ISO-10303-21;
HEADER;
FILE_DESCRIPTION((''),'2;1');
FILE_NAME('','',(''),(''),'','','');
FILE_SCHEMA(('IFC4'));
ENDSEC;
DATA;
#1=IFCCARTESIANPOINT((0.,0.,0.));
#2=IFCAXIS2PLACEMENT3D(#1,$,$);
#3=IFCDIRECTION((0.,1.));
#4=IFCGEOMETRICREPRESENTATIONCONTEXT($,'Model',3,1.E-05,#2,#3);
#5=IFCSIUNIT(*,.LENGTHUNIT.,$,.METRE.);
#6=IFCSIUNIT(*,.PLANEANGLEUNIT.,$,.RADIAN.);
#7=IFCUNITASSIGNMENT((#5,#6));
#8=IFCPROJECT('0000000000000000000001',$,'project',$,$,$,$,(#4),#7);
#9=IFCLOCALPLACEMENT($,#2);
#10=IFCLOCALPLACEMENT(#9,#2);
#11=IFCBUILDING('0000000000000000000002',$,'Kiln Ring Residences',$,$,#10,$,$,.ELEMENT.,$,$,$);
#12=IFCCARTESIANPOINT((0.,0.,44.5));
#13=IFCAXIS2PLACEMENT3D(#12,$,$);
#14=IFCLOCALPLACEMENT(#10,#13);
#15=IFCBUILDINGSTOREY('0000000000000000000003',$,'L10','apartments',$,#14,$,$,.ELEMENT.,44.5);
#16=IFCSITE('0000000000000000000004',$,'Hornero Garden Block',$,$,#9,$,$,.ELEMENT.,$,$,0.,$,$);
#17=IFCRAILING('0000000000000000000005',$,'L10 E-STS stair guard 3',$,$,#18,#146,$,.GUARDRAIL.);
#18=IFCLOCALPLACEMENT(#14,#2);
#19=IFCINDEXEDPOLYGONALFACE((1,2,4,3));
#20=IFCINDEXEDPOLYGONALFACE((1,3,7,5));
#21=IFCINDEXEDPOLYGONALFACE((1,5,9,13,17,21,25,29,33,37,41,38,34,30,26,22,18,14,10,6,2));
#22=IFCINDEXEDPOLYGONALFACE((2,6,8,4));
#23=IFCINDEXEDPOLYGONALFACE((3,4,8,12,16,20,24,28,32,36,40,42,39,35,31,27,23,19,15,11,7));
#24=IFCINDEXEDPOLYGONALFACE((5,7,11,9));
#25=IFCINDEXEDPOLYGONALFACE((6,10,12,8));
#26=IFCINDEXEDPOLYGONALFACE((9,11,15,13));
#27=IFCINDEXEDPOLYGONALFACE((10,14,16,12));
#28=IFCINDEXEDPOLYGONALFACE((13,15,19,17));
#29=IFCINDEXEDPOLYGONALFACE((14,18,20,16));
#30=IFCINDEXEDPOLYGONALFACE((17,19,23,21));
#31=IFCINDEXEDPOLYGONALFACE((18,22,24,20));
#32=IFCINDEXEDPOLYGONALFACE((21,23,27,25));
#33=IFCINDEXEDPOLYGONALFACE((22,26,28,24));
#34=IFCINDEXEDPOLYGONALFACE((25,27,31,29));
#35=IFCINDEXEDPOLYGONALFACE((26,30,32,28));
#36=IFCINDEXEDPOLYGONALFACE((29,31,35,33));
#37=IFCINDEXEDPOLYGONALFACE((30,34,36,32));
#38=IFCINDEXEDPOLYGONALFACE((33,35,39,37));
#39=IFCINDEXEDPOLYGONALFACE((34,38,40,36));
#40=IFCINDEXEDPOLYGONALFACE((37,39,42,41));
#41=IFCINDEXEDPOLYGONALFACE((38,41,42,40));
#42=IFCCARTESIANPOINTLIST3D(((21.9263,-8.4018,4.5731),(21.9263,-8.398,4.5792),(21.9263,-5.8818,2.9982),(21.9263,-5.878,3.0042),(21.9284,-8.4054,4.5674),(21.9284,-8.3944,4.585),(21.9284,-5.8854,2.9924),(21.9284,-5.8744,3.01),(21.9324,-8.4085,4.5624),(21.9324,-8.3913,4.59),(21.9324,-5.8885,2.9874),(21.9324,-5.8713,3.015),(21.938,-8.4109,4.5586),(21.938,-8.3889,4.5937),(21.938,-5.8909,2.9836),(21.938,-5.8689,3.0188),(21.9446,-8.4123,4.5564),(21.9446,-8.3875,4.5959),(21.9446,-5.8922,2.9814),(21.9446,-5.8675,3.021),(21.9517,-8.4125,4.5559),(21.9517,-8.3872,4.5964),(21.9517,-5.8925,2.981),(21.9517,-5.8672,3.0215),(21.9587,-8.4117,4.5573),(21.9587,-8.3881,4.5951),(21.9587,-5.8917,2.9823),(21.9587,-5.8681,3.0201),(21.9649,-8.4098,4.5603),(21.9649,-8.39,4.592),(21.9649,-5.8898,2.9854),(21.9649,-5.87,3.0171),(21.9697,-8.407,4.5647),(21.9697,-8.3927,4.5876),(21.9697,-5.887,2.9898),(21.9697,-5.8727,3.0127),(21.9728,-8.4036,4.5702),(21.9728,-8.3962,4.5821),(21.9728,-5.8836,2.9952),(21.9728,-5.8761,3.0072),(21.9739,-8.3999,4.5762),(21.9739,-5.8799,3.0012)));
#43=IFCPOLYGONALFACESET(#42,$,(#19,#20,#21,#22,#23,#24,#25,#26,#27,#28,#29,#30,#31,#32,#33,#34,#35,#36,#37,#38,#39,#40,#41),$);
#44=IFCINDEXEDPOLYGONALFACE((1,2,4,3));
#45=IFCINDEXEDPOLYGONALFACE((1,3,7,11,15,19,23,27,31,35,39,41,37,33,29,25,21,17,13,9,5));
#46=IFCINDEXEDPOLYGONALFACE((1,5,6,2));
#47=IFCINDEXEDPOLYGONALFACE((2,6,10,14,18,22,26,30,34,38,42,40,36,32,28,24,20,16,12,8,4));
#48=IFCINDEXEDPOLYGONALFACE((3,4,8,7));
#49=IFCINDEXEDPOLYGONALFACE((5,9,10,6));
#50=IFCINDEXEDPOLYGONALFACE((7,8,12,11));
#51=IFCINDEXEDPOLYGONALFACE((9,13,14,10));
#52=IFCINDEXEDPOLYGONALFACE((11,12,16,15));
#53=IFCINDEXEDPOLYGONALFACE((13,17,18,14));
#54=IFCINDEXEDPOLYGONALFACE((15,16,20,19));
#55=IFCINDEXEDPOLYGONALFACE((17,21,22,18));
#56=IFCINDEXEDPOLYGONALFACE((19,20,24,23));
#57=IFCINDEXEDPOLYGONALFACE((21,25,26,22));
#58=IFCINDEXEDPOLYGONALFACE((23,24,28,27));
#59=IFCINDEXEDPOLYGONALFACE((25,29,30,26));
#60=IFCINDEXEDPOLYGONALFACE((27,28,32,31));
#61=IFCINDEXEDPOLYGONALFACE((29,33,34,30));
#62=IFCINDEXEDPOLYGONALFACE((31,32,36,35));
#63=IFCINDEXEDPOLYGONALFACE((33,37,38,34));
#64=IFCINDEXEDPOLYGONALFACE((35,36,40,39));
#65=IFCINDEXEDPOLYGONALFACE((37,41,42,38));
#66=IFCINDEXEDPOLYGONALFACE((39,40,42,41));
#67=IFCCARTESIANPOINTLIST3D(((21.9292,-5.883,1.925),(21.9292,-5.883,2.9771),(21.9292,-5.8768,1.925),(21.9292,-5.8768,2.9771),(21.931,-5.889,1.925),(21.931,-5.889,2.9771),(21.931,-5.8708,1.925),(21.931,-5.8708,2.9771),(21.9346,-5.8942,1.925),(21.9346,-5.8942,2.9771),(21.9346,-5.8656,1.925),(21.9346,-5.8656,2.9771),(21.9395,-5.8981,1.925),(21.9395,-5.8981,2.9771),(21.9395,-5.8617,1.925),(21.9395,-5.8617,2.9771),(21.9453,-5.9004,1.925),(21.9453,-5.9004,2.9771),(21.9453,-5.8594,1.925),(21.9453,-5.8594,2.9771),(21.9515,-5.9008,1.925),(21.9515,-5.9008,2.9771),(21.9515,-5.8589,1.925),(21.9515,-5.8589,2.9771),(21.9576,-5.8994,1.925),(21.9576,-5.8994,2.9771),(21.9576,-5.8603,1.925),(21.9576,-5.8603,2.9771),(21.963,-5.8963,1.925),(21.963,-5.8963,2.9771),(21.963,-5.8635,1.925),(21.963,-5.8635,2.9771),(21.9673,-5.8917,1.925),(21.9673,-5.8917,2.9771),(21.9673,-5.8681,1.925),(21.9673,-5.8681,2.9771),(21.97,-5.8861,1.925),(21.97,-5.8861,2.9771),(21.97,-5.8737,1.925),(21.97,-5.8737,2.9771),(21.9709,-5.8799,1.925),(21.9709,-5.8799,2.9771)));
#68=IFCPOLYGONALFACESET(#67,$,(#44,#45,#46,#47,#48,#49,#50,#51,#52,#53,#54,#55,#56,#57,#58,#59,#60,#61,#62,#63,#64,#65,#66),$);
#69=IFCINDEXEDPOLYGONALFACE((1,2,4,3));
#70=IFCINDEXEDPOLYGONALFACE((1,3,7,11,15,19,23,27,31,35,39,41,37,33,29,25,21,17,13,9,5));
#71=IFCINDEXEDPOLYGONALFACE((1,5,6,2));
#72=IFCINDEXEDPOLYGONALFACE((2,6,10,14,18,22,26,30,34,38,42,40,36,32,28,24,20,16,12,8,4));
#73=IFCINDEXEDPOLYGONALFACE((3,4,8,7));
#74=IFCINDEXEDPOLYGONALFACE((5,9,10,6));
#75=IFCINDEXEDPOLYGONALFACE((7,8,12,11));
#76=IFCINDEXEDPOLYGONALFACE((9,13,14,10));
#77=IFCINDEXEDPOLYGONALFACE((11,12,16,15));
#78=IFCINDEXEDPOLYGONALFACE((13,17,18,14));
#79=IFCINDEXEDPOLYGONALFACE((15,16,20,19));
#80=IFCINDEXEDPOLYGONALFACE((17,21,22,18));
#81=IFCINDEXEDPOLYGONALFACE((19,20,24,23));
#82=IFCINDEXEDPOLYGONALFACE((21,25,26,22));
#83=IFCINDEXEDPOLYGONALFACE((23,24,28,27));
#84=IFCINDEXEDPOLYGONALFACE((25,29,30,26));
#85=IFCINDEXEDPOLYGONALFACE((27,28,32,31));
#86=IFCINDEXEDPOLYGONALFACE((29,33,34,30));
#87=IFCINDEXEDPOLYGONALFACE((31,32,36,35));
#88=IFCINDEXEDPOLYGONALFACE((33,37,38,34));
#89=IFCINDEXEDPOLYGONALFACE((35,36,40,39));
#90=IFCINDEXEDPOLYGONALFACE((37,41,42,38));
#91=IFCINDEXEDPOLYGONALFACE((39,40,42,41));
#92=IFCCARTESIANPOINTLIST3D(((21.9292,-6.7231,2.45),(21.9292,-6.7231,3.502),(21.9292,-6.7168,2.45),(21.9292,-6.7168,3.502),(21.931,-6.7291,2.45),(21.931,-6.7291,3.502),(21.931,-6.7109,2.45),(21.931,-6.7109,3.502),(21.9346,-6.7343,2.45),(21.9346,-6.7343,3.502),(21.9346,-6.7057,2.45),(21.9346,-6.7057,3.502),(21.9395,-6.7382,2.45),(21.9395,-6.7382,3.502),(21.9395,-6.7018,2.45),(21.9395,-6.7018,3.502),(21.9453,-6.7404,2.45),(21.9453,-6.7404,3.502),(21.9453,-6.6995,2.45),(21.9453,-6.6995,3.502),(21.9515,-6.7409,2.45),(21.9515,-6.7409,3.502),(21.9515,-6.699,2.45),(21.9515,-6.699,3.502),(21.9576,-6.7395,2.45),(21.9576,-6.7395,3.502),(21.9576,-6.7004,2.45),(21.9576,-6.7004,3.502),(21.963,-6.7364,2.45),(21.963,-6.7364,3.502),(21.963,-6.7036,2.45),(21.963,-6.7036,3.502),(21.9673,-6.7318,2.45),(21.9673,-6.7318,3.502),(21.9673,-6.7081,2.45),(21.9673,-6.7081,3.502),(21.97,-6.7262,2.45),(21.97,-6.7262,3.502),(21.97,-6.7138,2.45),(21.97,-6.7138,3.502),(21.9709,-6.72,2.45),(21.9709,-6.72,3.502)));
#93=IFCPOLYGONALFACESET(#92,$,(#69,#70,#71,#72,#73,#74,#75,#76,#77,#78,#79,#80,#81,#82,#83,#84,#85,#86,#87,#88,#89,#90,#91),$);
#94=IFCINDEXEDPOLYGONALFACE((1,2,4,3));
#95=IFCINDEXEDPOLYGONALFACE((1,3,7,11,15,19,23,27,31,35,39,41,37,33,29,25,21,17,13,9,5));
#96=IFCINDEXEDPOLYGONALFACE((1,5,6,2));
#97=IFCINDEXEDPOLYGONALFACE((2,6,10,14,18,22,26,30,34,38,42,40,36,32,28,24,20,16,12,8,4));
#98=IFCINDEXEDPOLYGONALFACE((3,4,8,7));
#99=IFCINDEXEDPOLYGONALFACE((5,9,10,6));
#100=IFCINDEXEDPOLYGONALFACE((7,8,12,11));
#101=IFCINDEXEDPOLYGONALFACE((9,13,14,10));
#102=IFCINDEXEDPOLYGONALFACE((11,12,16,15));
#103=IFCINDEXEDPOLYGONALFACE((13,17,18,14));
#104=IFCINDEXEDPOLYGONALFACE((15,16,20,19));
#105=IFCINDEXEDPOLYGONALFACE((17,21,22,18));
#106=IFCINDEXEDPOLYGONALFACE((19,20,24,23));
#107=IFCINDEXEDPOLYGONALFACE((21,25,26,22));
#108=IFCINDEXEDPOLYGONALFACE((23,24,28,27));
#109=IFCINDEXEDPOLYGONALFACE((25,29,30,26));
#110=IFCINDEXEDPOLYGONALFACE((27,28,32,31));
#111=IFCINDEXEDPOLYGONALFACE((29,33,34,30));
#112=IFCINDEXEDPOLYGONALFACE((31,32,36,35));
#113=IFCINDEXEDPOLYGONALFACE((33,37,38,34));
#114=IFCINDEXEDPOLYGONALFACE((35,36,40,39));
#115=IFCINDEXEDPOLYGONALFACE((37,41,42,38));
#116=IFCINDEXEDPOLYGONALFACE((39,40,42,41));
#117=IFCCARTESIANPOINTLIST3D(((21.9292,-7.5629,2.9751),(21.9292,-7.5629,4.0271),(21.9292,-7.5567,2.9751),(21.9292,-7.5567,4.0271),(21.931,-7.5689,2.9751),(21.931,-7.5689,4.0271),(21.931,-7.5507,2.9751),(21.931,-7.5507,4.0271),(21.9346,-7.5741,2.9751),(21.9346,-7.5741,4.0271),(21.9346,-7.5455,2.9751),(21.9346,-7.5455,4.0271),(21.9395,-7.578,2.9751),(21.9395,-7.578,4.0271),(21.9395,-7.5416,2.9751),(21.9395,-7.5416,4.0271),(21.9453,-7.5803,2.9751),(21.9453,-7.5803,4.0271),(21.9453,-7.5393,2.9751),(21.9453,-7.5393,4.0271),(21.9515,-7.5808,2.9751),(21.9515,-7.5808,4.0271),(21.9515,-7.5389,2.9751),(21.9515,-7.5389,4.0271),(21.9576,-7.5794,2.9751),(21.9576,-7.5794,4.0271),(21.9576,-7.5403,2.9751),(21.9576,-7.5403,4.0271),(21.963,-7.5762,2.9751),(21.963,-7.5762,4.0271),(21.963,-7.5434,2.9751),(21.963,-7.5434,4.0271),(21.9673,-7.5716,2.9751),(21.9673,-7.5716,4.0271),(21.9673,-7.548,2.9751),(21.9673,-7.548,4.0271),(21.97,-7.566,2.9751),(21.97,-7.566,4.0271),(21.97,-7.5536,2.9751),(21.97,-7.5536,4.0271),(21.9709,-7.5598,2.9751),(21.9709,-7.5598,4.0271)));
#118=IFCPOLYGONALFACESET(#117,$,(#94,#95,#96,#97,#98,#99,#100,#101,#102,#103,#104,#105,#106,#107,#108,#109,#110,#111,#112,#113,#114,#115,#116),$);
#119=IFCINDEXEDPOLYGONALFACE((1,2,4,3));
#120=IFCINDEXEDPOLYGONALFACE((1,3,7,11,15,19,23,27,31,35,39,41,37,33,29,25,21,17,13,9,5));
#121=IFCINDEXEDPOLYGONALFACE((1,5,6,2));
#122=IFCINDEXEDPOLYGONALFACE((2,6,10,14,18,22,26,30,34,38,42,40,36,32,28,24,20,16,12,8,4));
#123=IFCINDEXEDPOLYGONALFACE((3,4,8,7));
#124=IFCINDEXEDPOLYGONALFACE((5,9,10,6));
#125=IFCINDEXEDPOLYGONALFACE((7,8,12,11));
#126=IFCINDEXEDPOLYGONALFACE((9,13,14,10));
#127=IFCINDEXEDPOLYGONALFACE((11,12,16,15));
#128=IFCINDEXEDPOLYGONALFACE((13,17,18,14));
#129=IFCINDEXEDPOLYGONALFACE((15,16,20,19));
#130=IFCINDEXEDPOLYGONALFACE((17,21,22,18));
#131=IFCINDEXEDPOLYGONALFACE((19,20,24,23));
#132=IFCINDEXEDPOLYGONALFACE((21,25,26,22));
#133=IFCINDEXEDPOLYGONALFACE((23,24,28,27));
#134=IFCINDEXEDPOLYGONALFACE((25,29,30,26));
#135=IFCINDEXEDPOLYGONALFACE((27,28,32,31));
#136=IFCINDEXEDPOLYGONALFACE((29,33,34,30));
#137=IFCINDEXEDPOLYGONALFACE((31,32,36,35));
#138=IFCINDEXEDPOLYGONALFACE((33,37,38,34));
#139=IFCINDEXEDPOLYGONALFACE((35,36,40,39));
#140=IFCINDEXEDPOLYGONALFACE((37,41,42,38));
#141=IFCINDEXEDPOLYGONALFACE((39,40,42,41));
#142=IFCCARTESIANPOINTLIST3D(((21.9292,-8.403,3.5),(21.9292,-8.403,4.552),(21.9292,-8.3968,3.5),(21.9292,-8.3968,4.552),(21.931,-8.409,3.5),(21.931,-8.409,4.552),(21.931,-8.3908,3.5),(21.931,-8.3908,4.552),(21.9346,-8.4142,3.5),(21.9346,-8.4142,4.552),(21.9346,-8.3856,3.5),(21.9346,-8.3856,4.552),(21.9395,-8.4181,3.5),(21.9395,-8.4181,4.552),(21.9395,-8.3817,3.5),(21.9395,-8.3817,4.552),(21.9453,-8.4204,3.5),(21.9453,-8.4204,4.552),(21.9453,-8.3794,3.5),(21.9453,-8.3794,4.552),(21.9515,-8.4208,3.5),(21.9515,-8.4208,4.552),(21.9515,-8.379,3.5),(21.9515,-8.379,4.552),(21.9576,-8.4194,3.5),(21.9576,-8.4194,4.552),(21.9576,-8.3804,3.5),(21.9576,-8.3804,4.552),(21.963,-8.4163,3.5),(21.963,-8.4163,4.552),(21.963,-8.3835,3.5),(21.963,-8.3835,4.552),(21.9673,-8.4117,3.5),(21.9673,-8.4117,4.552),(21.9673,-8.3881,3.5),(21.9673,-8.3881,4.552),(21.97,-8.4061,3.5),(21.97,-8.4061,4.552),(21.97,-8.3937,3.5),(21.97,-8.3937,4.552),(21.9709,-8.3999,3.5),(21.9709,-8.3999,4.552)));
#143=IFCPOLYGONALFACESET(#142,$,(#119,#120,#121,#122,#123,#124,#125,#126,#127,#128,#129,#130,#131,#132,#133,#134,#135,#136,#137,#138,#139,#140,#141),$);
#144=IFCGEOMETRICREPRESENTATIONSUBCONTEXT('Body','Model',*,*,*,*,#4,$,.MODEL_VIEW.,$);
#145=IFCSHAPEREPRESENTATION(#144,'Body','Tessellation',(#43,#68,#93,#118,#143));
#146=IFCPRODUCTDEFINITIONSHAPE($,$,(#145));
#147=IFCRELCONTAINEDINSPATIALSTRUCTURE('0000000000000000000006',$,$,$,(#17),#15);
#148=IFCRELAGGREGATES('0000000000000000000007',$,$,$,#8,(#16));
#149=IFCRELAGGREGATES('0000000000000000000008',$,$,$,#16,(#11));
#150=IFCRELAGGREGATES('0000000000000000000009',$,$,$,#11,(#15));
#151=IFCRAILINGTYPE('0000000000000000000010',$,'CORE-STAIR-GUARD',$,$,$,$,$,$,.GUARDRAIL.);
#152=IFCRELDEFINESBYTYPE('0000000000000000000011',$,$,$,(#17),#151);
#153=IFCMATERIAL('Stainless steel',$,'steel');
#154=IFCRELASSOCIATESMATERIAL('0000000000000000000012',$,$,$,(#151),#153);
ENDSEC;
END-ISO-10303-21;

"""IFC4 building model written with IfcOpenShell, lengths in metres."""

from ifc_helpers import new_model, si_unit, direction, frame, origin, origin_2d, place, context, subcontext, project, spatial, circle, extrude, material, type_object, element, save


model = new_model("IFC4")

# Units and contexts
model_context = context("Model", 3, precision=1e-05, world=origin(), true_north=direction((0.0, 1.0)))
body_context = subcontext(model_context, "Body", "Model", "MODEL_VIEW")
ifc_project = project(units=[si_unit("LENGTHUNIT", "METRE"), si_unit("PLANEANGLEUNIT", "RADIAN")], contexts=[model_context])

# Site, building, storey
site_placement = place(None, origin())
site = spatial("IfcSite", under=ifc_project, at=site_placement, Name="Hornero Garden Block", CompositionType="ELEMENT", RefElevation=0.0)
building_placement = place(site_placement, origin())
building = spatial("IfcBuilding", under=site, at=building_placement, Name="Kiln Ring Residences", CompositionType="ELEMENT")
storey_placement = place(building_placement, frame((0.0, 0.0, 44.5)))
storey = spatial("IfcBuildingStorey", under=building, at=storey_placement, Name="L10", Description="apartments", CompositionType="ELEMENT", Elevation=44.5)

# Railing
ifc_material_1 = material(Name="Stainless steel", Category="steel")
railing_type_1 = type_object("IfcRailingType", Name="CORE-STAIR-GUARD", PredefinedType="GUARDRAIL", material=ifc_material_1)
railing_1_placement = place(storey_placement, frame((21.95, -5.8799, 1.925)))
element("IfcRailing", 1, at=railing_1_placement, inside=storey, type_object=railing_type_1, Name="L10 E-STS stair guard 3", PredefinedType="GUARDRAIL", context=body_context, shape_type="SweptSolid", body=[
    extrude(circle(Radius=0.0239, at=origin_2d()), frame((0.0, 0.0, 1.0762), z_axis=(0.0, -0.848008, 0.529984), x_axis=(1.0, 0.0, 0.0)), (0.0, 0.0, 1.0), 2.9717),
    extrude(circle(Radius=0.021, at=origin_2d()), origin(), (0.0, 0.0, 1.0), 1.052),
    extrude(circle(Radius=0.021, at=origin_2d()), frame((0.0, -0.8401, 0.5249)), (0.0, 0.0, 1.0), 1.052),
    extrude(circle(Radius=0.021, at=origin_2d()), frame((0.0, -1.6799, 1.05)), (0.0, 0.0, 1.0), 1.052),
    extrude(circle(Radius=0.021, at=origin_2d()), frame((0.0, -2.52, 1.575)), (0.0, 0.0, 1.0), 1.052),
])

save(model, "model.ifc")
